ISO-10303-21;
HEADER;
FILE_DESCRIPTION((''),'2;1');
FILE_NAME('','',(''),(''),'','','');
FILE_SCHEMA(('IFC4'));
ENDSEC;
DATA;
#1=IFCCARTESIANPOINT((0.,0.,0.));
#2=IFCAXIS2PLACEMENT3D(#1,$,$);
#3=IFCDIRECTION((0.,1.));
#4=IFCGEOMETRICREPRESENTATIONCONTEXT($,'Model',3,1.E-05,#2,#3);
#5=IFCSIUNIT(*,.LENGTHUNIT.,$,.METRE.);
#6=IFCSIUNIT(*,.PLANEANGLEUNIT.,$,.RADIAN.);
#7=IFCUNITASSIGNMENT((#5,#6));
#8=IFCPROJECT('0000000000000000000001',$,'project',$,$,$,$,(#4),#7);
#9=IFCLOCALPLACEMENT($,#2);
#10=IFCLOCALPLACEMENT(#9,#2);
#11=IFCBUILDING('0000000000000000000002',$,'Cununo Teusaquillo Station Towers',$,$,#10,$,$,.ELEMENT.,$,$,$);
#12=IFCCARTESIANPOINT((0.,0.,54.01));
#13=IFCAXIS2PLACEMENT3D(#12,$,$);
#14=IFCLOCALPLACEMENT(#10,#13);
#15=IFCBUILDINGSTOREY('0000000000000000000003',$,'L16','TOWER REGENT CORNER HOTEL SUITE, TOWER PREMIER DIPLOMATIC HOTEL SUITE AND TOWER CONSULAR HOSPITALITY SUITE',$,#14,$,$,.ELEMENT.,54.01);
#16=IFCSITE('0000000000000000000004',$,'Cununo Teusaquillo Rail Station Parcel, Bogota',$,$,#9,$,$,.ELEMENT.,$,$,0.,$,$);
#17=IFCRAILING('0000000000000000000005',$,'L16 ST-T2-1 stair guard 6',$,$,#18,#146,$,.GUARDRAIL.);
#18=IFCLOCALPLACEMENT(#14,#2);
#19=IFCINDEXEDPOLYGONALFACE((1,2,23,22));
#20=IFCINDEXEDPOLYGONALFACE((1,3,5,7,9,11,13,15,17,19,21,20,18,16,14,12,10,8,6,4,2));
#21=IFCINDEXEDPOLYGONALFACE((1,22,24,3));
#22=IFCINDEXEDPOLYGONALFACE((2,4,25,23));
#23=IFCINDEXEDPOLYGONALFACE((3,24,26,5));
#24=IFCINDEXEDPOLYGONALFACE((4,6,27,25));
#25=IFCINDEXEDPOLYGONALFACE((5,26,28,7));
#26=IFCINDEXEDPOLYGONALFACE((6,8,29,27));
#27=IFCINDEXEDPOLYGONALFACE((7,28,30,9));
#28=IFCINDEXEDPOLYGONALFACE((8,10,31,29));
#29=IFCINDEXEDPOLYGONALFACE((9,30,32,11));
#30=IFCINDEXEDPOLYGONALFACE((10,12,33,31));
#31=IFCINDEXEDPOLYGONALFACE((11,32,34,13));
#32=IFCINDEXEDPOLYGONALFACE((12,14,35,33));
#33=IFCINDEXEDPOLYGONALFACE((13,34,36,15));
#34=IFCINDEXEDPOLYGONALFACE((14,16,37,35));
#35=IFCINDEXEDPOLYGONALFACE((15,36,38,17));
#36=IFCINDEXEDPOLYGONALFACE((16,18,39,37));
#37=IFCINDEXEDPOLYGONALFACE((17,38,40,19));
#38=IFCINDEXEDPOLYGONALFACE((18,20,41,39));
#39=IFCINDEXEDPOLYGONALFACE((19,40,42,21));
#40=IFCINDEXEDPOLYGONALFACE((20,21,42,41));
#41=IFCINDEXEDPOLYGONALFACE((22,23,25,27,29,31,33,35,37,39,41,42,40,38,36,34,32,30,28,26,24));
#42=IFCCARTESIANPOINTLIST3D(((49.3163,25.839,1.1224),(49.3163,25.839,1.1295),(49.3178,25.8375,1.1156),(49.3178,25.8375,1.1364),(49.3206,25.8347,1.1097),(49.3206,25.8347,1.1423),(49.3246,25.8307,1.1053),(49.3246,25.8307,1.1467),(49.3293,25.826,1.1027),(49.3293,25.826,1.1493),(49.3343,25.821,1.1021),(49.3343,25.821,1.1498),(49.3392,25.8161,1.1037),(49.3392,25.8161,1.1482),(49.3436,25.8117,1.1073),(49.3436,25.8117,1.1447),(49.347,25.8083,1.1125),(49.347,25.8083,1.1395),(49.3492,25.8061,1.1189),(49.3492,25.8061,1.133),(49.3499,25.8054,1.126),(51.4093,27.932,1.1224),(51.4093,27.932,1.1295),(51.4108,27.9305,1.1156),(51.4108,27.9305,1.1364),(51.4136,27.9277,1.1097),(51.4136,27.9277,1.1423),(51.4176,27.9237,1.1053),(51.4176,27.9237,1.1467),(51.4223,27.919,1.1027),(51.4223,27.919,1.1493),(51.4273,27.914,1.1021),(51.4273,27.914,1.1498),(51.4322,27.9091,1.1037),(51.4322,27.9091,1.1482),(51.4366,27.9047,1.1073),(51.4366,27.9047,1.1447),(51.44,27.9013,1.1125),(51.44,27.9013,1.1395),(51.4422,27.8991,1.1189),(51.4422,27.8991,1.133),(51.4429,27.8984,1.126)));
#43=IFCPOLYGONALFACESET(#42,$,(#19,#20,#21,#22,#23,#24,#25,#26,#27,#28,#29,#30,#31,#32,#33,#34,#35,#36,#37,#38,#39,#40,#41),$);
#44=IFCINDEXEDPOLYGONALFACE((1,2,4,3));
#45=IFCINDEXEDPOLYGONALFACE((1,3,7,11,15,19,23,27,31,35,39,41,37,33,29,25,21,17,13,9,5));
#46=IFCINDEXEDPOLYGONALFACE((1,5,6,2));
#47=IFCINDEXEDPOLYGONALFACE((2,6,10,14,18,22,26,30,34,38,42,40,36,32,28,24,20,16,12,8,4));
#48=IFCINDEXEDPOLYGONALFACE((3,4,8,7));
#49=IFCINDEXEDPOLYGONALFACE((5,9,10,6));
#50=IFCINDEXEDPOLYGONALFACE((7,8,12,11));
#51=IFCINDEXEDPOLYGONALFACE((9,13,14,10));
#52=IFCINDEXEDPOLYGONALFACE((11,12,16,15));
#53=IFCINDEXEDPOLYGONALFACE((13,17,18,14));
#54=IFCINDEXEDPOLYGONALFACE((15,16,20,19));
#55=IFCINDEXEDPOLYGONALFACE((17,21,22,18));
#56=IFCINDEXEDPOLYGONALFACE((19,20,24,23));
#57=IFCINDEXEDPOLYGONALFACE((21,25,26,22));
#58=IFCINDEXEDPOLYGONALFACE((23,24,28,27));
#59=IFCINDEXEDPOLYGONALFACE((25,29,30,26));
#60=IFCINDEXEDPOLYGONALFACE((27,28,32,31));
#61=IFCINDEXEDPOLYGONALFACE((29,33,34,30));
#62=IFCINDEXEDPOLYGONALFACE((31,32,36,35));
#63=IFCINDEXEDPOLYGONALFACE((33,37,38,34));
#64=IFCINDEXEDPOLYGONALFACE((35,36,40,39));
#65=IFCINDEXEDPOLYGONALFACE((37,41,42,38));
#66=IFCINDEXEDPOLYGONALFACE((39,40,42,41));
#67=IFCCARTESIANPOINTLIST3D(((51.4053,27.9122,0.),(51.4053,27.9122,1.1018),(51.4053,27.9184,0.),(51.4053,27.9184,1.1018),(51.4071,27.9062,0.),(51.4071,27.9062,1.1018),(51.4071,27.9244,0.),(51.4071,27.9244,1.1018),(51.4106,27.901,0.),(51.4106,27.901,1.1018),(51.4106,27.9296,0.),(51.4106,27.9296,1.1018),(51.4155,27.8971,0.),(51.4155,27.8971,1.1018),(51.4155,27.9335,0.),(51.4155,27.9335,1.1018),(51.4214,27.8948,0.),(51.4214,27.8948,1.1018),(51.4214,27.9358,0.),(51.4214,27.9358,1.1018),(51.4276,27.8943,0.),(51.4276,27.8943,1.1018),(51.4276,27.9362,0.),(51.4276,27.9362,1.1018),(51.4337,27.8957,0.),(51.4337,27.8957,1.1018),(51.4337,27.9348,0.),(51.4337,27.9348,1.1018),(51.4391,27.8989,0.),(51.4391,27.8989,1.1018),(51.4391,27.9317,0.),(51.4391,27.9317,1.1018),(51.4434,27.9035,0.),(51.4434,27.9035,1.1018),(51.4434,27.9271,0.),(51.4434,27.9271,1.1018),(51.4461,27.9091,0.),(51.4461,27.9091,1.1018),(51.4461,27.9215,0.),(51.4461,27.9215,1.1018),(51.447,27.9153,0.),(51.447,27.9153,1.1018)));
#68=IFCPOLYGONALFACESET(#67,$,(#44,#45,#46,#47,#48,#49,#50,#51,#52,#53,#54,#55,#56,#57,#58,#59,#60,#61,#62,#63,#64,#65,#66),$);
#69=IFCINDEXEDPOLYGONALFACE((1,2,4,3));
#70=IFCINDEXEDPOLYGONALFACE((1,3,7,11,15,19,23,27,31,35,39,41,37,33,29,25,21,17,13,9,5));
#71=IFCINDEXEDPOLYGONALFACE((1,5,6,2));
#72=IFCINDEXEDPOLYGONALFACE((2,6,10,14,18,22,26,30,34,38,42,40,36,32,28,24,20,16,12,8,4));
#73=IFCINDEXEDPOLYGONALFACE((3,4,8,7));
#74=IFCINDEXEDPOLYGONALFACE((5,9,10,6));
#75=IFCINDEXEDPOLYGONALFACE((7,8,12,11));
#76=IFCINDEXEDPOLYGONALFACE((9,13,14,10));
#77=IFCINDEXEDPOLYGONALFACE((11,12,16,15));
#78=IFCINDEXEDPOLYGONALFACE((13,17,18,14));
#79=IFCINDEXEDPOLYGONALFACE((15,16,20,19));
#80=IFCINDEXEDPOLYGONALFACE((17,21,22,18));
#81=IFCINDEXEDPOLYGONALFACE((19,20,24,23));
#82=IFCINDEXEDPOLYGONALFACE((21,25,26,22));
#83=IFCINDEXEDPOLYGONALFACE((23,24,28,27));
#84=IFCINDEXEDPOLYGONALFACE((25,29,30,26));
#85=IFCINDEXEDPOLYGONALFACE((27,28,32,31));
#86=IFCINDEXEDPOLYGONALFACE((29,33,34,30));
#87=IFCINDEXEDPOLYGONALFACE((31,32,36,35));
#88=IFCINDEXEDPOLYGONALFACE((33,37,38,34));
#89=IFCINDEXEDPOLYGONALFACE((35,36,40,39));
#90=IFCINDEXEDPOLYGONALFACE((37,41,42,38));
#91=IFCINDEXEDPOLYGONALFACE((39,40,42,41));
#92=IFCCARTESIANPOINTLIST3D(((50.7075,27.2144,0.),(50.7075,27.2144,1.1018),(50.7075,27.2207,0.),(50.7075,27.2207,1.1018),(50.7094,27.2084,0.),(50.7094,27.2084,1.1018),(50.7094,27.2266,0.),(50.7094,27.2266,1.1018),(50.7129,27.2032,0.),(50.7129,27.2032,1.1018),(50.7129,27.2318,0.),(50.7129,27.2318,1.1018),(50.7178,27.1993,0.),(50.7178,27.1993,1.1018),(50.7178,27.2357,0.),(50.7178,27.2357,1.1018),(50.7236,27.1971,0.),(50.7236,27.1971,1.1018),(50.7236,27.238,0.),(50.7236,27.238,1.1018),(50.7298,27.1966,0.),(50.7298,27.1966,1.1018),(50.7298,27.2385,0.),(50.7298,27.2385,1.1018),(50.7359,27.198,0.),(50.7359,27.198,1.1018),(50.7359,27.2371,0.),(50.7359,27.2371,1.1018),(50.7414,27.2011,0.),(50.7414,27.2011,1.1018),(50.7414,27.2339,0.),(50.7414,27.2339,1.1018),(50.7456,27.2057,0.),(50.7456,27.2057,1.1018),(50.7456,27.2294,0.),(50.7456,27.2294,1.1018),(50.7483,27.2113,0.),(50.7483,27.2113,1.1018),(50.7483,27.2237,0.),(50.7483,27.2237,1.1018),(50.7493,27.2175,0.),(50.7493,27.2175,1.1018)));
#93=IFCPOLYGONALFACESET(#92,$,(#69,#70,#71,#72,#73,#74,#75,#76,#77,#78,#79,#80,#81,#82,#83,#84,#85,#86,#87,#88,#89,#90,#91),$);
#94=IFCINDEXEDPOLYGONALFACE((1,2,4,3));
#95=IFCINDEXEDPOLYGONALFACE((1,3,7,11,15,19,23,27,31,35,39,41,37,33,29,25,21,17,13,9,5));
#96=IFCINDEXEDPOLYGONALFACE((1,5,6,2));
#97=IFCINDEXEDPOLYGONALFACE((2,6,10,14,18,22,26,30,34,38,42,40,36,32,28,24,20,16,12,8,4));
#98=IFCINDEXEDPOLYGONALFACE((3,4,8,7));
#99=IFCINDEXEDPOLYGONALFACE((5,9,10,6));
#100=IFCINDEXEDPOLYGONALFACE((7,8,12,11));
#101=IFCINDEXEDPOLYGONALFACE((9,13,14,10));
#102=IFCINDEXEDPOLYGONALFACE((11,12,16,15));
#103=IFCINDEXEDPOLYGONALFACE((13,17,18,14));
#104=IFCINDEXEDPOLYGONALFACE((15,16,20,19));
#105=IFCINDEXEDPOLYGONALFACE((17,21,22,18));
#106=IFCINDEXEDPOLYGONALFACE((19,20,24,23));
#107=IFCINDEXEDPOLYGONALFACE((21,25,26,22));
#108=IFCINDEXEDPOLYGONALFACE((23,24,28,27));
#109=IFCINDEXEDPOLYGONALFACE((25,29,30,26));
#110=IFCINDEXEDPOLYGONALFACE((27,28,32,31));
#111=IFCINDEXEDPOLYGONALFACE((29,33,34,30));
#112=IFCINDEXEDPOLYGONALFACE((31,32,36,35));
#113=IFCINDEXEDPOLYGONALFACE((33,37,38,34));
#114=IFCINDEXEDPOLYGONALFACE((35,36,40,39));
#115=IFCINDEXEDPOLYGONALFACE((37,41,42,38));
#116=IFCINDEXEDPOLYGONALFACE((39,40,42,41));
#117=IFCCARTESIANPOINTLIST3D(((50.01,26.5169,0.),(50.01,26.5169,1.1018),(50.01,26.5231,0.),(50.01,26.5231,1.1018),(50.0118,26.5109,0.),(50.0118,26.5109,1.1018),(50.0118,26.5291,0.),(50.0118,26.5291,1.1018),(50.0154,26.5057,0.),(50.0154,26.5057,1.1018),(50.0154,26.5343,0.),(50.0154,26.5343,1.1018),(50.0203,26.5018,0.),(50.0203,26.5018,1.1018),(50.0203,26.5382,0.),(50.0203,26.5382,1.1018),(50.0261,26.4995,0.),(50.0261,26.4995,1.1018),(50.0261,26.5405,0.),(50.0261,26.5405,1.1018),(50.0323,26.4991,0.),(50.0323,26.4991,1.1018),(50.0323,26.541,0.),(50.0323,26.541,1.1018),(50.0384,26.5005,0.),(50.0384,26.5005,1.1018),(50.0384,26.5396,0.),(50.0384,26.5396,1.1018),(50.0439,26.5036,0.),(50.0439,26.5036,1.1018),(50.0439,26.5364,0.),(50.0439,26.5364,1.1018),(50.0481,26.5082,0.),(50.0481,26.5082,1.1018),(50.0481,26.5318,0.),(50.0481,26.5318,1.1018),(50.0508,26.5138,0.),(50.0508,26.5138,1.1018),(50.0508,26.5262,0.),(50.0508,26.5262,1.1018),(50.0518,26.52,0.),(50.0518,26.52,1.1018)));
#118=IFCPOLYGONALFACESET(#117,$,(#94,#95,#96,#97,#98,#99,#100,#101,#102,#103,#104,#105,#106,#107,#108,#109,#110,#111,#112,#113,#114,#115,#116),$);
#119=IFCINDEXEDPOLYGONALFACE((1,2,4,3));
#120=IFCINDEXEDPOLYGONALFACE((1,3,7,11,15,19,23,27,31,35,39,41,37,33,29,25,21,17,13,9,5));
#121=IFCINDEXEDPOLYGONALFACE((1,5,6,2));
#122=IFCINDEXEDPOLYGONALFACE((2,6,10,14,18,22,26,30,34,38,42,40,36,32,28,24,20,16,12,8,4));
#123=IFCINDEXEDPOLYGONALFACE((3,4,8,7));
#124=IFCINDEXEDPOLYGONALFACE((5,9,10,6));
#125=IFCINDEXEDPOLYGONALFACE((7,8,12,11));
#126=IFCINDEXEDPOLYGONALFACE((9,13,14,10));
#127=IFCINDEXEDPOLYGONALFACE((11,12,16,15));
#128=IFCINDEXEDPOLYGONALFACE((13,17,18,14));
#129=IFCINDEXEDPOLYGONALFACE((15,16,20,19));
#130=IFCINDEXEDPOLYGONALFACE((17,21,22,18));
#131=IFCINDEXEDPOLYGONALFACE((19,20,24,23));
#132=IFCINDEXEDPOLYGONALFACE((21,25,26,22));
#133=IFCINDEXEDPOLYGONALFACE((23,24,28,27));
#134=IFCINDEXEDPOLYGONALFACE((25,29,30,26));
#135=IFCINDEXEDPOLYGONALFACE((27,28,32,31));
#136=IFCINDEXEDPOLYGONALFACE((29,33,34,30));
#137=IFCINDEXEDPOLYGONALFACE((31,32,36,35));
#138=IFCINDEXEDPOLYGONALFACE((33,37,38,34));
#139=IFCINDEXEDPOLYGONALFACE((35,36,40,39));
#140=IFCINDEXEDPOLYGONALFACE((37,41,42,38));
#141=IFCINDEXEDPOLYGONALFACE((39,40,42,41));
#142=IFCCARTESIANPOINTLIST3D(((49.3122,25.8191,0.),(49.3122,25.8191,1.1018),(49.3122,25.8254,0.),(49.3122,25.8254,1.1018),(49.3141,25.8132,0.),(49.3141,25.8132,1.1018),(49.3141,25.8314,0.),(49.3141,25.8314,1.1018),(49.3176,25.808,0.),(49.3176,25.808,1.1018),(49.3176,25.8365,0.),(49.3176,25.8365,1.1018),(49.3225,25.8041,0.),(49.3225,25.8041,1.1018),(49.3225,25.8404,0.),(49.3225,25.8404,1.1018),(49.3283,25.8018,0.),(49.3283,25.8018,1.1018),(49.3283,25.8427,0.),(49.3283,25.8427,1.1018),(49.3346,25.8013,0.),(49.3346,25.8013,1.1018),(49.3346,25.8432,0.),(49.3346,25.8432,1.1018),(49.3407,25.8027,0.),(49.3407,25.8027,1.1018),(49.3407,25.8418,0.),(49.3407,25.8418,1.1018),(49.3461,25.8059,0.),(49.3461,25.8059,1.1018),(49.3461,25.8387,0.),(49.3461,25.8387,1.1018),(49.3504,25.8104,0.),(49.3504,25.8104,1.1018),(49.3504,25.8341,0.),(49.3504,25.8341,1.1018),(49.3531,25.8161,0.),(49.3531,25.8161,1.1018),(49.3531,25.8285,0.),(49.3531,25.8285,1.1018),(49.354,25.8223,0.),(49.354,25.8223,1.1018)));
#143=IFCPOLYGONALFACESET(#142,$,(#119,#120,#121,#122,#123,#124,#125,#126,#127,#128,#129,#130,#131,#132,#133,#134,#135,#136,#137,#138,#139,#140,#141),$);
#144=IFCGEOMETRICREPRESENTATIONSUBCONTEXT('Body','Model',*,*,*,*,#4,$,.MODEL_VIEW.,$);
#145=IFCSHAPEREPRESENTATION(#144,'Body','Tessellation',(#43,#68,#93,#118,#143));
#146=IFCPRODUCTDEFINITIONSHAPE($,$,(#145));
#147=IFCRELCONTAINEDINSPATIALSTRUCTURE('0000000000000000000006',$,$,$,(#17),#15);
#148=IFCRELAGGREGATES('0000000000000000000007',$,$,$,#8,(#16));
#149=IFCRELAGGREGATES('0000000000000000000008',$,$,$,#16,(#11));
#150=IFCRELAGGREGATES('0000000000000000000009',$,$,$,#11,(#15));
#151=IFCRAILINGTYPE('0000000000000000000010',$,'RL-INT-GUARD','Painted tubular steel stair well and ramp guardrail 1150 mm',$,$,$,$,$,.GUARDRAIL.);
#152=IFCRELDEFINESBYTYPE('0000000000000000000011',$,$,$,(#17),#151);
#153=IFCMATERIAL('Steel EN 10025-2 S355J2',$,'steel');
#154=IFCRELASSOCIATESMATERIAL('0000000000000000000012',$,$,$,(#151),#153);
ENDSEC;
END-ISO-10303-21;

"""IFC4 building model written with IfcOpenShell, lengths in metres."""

from ifc_helpers import new_model, si_unit, direction, frame, origin, origin_2d, place, context, subcontext, project, spatial, circle, extrude, material, type_object, element, save


model = new_model("IFC4")

# Units and contexts
model_context = context("Model", 3, precision=1e-05, world=origin(), true_north=direction((0.0, 1.0)))
body_context = subcontext(model_context, "Body", "Model", "MODEL_VIEW")
ifc_project = project(units=[si_unit("LENGTHUNIT", "METRE"), si_unit("PLANEANGLEUNIT", "RADIAN")], contexts=[model_context])

# Site, building, storey
site_placement = place(None, origin())
site = spatial("IfcSite", under=ifc_project, at=site_placement, Name="Cununo Teusaquillo Rail Station Parcel, Bogota", CompositionType="ELEMENT", RefElevation=0.0)
building_placement = place(site_placement, origin())
building = spatial("IfcBuilding", under=site, at=building_placement, Name="Cununo Teusaquillo Station Towers", CompositionType="ELEMENT")
storey_placement = place(building_placement, frame((0.0, 0.0, 54.01)))
storey = spatial("IfcBuildingStorey", under=building, at=storey_placement, Name="L16", Description="TOWER REGENT CORNER HOTEL SUITE, TOWER PREMIER DIPLOMATIC HOTEL SUITE AND TOWER CONSULAR HOSPITALITY SUITE", CompositionType="ELEMENT", Elevation=54.01)

# Railing
ifc_material_1 = material(Name="Steel EN 10025-2 S355J2", Category="steel")
railing_type = type_object("IfcRailingType", Name="RL-INT-GUARD", Description="Painted tubular steel stair well and ramp guardrail 1150 mm", PredefinedType="GUARDRAIL", material=ifc_material_1)
railing_placement = place(storey_placement, frame((51.426, 27.9153, 0.0)))
element("IfcRailing", 1, at=railing_placement, inside=storey, type_object=railing_type, Name="L16 ST-T2-1 stair guard 6", PredefinedType="GUARDRAIL", context=body_context, shape_type="SweptSolid", body=[
    extrude(circle(Radius=0.0239, at=origin_2d()), frame((0.0, 0.0, 1.126), z_axis=(-0.707107, -0.707107, 0.0), x_axis=(0.707107, -0.707107, 0.0)), (0.0, 0.0, 1.0), 2.96),
    extrude(circle(Radius=0.021, at=origin_2d()), origin(), (0.0, 0.0, 1.0), 1.1018),
    extrude(circle(Radius=0.021, at=origin_2d()), frame((-0.6978, -0.6978, 0.0)), (0.0, 0.0, 1.0), 1.1018),
    extrude(circle(Radius=0.021, at=origin_2d()), frame((-1.3953, -1.3953, 0.0)), (0.0, 0.0, 1.0), 1.1018),
    extrude(circle(Radius=0.021, at=origin_2d()), frame((-2.093, -2.093, 0.0)), (0.0, 0.0, 1.0), 1.1018),
])

save(model, "model.ifc")
